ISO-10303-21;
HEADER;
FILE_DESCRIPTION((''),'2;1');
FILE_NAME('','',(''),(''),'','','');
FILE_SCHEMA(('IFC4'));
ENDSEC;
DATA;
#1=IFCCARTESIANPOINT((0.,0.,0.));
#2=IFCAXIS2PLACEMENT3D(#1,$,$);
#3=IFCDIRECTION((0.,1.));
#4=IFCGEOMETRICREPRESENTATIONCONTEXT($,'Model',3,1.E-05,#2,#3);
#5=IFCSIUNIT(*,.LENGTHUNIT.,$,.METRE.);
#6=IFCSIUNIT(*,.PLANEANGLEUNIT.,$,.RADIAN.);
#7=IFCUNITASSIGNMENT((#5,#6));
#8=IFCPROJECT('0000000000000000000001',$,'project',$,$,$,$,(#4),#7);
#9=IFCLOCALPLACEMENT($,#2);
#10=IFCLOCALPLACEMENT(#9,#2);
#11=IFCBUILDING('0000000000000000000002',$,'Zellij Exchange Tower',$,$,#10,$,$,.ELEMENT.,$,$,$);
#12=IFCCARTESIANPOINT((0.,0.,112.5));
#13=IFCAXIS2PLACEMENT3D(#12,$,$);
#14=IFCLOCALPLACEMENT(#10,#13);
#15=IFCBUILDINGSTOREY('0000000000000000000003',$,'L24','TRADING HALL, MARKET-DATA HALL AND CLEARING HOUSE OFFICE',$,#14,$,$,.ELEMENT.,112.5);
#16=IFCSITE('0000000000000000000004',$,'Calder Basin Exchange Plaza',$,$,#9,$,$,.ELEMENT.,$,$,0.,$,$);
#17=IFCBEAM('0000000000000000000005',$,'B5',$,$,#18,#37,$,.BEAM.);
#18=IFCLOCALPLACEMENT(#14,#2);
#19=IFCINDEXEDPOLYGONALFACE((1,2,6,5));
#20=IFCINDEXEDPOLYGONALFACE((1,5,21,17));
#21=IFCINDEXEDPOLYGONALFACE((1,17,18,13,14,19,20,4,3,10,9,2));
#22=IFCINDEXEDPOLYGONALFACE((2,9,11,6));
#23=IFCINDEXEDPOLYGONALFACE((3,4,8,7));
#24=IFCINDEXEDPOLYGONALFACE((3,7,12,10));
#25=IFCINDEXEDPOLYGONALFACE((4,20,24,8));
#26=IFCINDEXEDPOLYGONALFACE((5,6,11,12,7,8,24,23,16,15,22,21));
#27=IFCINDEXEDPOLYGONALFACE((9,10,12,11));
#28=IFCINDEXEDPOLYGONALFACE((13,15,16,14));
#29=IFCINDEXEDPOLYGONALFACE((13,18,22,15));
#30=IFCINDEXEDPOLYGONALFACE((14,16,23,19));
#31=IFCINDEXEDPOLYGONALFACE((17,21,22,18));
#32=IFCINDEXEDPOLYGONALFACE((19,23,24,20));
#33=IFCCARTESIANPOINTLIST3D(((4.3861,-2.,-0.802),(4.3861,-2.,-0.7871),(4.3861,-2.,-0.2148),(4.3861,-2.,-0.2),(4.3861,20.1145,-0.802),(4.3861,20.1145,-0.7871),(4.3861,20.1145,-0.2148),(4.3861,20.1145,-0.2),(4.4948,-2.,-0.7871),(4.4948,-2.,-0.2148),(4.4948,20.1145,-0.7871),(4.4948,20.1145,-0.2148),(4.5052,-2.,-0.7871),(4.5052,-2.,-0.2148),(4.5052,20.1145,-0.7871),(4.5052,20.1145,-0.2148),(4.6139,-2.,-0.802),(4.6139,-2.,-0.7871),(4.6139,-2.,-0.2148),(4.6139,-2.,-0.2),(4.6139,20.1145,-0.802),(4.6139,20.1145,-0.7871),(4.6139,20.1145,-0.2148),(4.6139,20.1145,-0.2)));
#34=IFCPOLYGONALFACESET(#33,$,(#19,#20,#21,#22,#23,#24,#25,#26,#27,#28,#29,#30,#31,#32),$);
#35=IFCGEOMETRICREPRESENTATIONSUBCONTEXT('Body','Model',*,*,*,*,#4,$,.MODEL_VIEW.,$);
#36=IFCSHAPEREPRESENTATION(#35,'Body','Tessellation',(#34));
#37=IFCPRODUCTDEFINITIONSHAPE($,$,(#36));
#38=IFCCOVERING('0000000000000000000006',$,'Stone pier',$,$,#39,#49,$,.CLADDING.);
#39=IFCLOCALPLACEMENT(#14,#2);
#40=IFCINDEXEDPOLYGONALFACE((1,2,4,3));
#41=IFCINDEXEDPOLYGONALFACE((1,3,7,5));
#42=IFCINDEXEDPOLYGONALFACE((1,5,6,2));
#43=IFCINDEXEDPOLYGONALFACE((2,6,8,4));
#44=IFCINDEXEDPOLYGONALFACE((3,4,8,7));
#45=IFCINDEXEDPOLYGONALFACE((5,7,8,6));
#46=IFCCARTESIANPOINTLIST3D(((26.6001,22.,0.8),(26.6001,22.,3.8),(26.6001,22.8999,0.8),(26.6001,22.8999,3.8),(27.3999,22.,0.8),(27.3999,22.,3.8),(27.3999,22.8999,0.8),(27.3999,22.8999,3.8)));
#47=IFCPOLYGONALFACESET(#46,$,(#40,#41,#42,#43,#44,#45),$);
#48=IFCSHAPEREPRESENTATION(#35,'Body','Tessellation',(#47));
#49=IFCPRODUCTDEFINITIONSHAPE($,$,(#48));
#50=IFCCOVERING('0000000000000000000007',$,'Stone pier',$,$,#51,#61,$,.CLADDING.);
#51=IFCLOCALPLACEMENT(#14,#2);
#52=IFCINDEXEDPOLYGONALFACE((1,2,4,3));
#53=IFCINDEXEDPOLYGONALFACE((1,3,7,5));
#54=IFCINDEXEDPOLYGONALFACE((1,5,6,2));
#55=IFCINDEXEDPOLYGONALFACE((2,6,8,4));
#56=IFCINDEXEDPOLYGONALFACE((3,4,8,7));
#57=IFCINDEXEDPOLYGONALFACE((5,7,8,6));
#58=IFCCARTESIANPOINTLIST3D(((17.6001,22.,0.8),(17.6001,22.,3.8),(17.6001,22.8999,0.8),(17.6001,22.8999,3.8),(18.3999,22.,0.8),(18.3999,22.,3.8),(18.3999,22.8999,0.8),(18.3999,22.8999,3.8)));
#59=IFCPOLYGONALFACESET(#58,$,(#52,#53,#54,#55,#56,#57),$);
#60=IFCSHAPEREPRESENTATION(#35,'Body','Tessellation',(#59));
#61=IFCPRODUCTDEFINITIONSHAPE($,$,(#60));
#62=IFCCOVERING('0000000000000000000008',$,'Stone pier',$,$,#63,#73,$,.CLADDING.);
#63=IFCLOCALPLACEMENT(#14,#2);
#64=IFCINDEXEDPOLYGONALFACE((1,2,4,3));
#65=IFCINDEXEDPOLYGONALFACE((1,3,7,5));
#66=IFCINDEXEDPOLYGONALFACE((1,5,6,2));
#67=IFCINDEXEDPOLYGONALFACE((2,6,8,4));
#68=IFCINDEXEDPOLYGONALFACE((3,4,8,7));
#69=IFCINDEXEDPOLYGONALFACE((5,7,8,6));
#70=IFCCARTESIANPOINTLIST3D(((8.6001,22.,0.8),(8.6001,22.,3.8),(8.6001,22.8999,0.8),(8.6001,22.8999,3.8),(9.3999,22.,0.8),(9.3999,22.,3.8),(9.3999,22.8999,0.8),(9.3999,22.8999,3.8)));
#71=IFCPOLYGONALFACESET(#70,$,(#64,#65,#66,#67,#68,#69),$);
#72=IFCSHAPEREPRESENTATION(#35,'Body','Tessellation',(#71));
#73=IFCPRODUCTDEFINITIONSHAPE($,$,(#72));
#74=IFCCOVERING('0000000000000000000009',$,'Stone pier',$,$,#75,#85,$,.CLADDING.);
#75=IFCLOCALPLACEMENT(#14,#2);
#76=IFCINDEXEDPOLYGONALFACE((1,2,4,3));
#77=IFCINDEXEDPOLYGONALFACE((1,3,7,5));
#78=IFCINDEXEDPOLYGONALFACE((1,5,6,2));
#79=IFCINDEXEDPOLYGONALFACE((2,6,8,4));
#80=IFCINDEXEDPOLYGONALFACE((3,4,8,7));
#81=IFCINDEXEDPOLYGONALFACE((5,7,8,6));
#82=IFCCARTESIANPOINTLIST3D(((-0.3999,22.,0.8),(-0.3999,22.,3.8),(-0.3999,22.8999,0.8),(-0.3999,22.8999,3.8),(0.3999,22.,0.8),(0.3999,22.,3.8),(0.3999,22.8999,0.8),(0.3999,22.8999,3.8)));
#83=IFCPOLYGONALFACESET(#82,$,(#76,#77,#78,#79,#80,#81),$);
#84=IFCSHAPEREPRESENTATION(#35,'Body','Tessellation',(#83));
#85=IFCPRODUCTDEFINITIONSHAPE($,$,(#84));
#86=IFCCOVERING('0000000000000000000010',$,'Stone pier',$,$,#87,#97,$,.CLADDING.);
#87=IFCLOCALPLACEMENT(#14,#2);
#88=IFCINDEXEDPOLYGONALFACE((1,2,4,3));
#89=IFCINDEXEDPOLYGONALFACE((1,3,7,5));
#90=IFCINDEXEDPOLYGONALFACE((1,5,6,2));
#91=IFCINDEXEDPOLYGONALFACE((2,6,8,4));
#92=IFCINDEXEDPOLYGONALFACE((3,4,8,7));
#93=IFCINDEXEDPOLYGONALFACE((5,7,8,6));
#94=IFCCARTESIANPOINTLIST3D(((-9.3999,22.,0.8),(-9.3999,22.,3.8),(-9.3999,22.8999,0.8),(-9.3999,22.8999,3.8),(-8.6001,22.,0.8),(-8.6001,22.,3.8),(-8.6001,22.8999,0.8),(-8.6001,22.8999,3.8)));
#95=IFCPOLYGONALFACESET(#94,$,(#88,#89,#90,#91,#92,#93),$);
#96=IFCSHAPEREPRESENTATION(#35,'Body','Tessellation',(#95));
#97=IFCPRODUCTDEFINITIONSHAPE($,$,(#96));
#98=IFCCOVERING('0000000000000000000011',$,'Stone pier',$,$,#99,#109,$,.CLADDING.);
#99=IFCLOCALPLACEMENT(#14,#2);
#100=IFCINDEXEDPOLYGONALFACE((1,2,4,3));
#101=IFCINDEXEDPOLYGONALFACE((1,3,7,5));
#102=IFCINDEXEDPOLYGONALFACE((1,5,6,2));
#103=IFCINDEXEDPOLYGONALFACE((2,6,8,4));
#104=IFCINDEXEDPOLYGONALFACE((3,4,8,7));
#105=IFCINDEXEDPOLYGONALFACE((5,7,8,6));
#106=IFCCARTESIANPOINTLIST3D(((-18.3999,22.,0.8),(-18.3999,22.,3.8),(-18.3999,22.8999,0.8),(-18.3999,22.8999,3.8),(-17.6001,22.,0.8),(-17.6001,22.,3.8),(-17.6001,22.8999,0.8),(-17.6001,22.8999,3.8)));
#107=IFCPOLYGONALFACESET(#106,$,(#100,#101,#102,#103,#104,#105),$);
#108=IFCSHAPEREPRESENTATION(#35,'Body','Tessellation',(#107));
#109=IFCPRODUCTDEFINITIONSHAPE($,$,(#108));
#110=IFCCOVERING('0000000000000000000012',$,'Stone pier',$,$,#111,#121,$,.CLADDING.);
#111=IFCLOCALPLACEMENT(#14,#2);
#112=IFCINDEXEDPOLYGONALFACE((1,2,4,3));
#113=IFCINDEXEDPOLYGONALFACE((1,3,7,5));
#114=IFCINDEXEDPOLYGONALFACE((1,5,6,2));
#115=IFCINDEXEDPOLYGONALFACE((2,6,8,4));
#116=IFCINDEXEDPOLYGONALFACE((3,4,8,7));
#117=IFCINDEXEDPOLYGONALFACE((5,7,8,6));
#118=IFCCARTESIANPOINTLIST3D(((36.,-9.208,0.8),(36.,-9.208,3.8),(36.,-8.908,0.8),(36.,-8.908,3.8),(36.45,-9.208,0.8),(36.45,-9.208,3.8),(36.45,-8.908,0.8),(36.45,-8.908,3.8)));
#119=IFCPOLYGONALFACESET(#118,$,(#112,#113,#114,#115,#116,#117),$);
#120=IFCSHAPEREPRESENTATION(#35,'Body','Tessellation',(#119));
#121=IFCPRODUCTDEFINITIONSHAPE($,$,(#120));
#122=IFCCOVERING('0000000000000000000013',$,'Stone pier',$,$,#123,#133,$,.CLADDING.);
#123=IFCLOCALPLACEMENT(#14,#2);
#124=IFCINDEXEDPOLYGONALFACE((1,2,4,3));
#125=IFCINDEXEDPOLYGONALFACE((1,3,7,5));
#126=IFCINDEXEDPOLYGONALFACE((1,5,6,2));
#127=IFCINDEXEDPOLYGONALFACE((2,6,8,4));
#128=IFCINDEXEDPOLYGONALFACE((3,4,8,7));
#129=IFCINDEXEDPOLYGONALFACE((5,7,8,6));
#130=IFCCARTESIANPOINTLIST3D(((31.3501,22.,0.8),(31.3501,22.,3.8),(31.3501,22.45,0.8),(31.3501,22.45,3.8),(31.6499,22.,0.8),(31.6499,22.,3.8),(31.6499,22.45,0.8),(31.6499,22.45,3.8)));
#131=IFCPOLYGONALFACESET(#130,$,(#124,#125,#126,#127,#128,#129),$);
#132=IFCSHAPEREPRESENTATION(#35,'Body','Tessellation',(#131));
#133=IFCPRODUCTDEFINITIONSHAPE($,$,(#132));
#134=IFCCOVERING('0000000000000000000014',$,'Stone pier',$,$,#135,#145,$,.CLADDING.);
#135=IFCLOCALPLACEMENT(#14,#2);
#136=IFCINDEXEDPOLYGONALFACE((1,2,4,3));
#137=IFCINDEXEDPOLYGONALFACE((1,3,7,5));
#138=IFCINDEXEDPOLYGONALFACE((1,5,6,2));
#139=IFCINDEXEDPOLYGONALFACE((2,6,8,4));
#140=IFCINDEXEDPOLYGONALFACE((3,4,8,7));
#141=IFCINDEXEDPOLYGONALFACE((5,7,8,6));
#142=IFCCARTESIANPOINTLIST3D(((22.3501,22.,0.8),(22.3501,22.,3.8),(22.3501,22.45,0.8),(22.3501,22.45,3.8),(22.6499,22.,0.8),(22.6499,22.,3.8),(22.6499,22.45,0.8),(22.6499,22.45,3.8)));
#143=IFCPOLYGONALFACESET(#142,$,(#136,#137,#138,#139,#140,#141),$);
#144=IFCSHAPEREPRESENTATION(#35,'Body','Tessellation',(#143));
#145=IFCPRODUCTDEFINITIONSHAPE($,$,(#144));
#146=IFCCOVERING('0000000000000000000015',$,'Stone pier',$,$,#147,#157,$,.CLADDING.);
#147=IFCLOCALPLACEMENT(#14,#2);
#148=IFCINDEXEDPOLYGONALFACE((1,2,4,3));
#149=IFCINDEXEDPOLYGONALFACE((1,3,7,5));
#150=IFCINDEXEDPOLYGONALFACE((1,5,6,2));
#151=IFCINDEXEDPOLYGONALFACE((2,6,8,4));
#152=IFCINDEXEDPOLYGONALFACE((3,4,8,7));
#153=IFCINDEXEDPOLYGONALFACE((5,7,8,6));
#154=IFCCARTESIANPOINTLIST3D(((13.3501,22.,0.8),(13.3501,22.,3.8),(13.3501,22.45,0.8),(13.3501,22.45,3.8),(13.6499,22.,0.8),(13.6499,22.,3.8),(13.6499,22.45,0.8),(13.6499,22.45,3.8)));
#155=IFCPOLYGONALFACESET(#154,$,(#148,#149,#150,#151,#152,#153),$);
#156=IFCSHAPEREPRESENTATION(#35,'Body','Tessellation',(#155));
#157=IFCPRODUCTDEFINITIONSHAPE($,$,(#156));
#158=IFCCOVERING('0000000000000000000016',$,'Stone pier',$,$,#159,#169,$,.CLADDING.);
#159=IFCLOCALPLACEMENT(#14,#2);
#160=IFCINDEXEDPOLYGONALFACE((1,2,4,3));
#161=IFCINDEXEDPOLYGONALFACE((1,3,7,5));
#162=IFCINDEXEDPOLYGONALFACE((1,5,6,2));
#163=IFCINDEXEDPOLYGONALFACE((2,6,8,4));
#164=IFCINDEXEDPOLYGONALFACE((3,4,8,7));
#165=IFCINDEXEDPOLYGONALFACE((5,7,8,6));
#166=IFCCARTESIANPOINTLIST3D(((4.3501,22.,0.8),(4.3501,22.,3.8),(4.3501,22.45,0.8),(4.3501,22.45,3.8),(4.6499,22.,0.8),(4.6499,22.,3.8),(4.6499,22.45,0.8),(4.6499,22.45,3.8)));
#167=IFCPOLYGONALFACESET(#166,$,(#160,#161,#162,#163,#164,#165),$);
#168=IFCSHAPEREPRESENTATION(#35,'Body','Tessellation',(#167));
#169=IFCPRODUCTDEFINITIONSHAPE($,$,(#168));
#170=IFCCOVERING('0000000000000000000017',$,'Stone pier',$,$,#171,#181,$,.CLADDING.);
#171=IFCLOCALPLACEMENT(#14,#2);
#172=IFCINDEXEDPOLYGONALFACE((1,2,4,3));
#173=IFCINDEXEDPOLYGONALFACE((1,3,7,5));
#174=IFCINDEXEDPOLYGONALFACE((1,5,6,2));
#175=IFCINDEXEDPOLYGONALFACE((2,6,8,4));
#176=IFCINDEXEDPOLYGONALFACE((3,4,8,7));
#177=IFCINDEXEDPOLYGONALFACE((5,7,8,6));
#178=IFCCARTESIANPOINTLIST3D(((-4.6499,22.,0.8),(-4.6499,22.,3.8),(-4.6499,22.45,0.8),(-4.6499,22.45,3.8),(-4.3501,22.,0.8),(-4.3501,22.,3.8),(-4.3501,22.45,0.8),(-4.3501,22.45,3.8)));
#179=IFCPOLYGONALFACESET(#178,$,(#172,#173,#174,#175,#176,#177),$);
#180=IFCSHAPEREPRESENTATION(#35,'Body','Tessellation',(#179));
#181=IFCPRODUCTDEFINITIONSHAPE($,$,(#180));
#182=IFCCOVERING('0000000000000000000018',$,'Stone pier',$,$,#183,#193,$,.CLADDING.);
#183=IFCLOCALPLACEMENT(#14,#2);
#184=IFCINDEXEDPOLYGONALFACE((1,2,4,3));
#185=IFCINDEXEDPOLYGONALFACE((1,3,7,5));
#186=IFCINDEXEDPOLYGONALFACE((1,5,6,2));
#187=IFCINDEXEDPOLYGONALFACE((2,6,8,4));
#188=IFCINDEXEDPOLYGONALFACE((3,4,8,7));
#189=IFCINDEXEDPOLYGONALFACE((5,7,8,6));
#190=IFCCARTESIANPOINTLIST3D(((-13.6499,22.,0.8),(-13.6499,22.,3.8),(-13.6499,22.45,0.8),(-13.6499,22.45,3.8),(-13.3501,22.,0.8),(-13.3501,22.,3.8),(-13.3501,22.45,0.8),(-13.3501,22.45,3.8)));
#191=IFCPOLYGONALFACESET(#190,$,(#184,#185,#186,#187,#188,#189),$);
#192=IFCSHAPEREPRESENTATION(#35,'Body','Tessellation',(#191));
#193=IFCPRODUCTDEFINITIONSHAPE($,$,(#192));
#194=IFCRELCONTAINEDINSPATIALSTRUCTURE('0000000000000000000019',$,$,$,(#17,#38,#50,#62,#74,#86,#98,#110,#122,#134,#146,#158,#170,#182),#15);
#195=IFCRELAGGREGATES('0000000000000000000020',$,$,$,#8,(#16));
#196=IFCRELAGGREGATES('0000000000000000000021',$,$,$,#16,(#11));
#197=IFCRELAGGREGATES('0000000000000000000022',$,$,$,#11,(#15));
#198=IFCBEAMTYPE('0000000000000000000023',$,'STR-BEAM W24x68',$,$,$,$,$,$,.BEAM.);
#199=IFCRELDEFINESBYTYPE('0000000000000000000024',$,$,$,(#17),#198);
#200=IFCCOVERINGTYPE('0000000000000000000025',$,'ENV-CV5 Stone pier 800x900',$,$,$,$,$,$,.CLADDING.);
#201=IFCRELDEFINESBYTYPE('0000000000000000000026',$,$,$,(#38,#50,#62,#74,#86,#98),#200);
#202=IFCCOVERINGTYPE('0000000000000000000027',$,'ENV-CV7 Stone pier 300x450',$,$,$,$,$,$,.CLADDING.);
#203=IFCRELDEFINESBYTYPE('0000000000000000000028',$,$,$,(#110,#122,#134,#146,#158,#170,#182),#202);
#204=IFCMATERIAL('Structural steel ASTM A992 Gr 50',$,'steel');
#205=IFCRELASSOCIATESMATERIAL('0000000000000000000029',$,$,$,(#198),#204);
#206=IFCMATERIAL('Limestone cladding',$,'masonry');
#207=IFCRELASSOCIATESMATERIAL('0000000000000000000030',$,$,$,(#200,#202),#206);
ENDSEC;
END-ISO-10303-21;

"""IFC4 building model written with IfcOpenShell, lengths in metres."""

from ifc_helpers import new_model, si_unit, direction, frame, origin, origin_2d, place, context, subcontext, project, spatial, polyline, i_section, outline, extrude, material, material_profile, profile_set, type_object, element, save


model = new_model("IFC4")

# Units and contexts
model_context = context("Model", 3, precision=1e-05, world=origin(), true_north=direction((0.0, 1.0)))
body_context = subcontext(model_context, "Body", "Model", "MODEL_VIEW")
ifc_project = project(units=[si_unit("LENGTHUNIT", "METRE"), si_unit("PLANEANGLEUNIT", "RADIAN")], contexts=[model_context])

# Site, building, storey
site_placement = place(None, origin())
site = spatial("IfcSite", under=ifc_project, at=site_placement, Name="Calder Basin Exchange Plaza", CompositionType="ELEMENT", RefElevation=0.0)
building_placement = place(site_placement, origin())
building = spatial("IfcBuilding", under=site, at=building_placement, Name="Zellij Exchange Tower", CompositionType="ELEMENT")
storey_placement = place(building_placement, frame((0.0, 0.0, 112.5)))
storey = spatial("IfcBuildingStorey", under=building, at=storey_placement, Name="L24", Description="TRADING HALL, MARKET-DATA HALL AND CLEARING HOUSE OFFICE", CompositionType="ELEMENT", Elevation=112.5)

# Beam
ifc_material_1 = material(Name="Structural steel ASTM A992 Gr 50", Category="steel")
ifc_material_profile = material_profile(ifc_material_1, i_section(OverallWidth=0.2278, OverallDepth=0.6021, WebThickness=0.0105, FlangeThickness=0.0149, at=origin_2d()), Name="W24x68")
ifc_profile_set = profile_set([ifc_material_profile], Name="Structural steel ASTM A992 Gr 50")
beam_type = type_object("IfcBeamType", Name="STR-BEAM W24x68", PredefinedType="BEAM", material=ifc_profile_set)
beam_placement = place(storey_placement, frame((4.5, -2.0, -0.501), z_axis=(0.0, 1.0, 0.0), x_axis=(-1.0, 0.0, 0.0)))
element("IfcBeam", 1, at=beam_placement, inside=storey, type_object=beam_type, Name="B5", PredefinedType="BEAM", context=body_context, shape_type="SweptSolid", body=[
    extrude(i_section(OverallWidth=0.2278, OverallDepth=0.6021, WebThickness=0.0105, FlangeThickness=0.0149, at=origin_2d()), origin(), (0.0, 0.0, 1.0), 22.1145),
])

# Coverings
ifc_material_2 = material(Name="Limestone cladding", Category="masonry")
covering_type_1 = type_object("IfcCoveringType", Name="ENV-CV5 Stone pier 800x900", PredefinedType="CLADDING", material=ifc_material_2)
covering_1_placement = place(storey_placement, frame((0.0, 0.0, 0.8)))
element("IfcCovering", 2, at=covering_1_placement, inside=storey, type_object=covering_type_1, Name="Stone pier", PredefinedType="CLADDING", context=body_context, shape_type="SweptSolid", body=[
    extrude(outline(polyline([(27.3999, 22.0), (26.6001, 22.0), (26.6001, 22.8999), (27.3999, 22.8999), (27.3999, 22.0)])), origin(), (0.0, 0.0, 1.0), 3.0),
])
covering_2_placement = place(storey_placement, frame((0.0, 0.0, 0.8)))
element("IfcCovering", 3, at=covering_2_placement, inside=storey, type_object=covering_type_1, Name="Stone pier", PredefinedType="CLADDING", context=body_context, shape_type="SweptSolid", body=[
    extrude(outline(polyline([(18.3999, 22.0), (17.6001, 22.0), (17.6001, 22.8999), (18.3999, 22.8999), (18.3999, 22.0)])), origin(), (0.0, 0.0, 1.0), 3.0),
])
covering_3_placement = place(storey_placement, frame((0.0, 0.0, 0.8)))
element("IfcCovering", 4, at=covering_3_placement, inside=storey, type_object=covering_type_1, Name="Stone pier", PredefinedType="CLADDING", context=body_context, shape_type="SweptSolid", body=[
    extrude(outline(polyline([(9.3999, 22.0), (8.6001, 22.0), (8.6001, 22.8999), (9.3999, 22.8999), (9.3999, 22.0)])), origin(), (0.0, 0.0, 1.0), 3.0),
])
covering_4_placement = place(storey_placement, frame((0.0, 0.0, 0.8)))
element("IfcCovering", 5, at=covering_4_placement, inside=storey, type_object=covering_type_1, Name="Stone pier", PredefinedType="CLADDING", context=body_context, shape_type="SweptSolid", body=[
    extrude(outline(polyline([(0.3999, 22.0), (-0.3999, 22.0), (-0.3999, 22.8999), (0.3999, 22.8999), (0.3999, 22.0)])), origin(), (0.0, 0.0, 1.0), 3.0),
])
covering_5_placement = place(storey_placement, frame((0.0, 0.0, 0.8)))
element("IfcCovering", 6, at=covering_5_placement, inside=storey, type_object=covering_type_1, Name="Stone pier", PredefinedType="CLADDING", context=body_context, shape_type="SweptSolid", body=[
    extrude(outline(polyline([(-8.6001, 22.0), (-9.3999, 22.0), (-9.3999, 22.8999), (-8.6001, 22.8999), (-8.6001, 22.0)])), origin(), (0.0, 0.0, 1.0), 3.0),
])
covering_6_placement = place(storey_placement, frame((0.0, 0.0, 0.8)))
element("IfcCovering", 7, at=covering_6_placement, inside=storey, type_object=covering_type_1, Name="Stone pier", PredefinedType="CLADDING", context=body_context, shape_type="SweptSolid", body=[
    extrude(outline(polyline([(-17.6001, 22.0), (-18.3999, 22.0), (-18.3999, 22.8999), (-17.6001, 22.8999), (-17.6001, 22.0)])), origin(), (0.0, 0.0, 1.0), 3.0),
])
covering_type_2 = type_object("IfcCoveringType", Name="ENV-CV7 Stone pier 300x450", PredefinedType="CLADDING", material=ifc_material_2)
covering_7_placement = place(storey_placement, frame((0.0, 0.0, 0.8)))
element("IfcCovering", 8, at=covering_7_placement, inside=storey, type_object=covering_type_2, Name="Stone pier", PredefinedType="CLADDING", context=body_context, shape_type="SweptSolid", body=[
    extrude(outline(polyline([(36.0, -9.208), (36.0, -8.908), (36.45, -8.908), (36.45, -9.208), (36.0, -9.208)])), origin(), (0.0, 0.0, 1.0), 3.0),
])
covering_8_placement = place(storey_placement, frame((0.0, 0.0, 0.8)))
element("IfcCovering", 9, at=covering_8_placement, inside=storey, type_object=covering_type_2, Name="Stone pier", PredefinedType="CLADDING", context=body_context, shape_type="SweptSolid", body=[
    extrude(outline(polyline([(31.6499, 22.0), (31.3501, 22.0), (31.3501, 22.45), (31.6499, 22.45), (31.6499, 22.0)])), origin(), (0.0, 0.0, 1.0), 3.0),
])
covering_9_placement = place(storey_placement, frame((0.0, 0.0, 0.8)))
element("IfcCovering", 10, at=covering_9_placement, inside=storey, type_object=covering_type_2, Name="Stone pier", PredefinedType="CLADDING", context=body_context, shape_type="SweptSolid", body=[
    extrude(outline(polyline([(22.6499, 22.0), (22.3501, 22.0), (22.3501, 22.45), (22.6499, 22.45), (22.6499, 22.0)])), origin(), (0.0, 0.0, 1.0), 3.0),
])
covering_10_placement = place(storey_placement, frame((0.0, 0.0, 0.8)))
element("IfcCovering", 11, at=covering_10_placement, inside=storey, type_object=covering_type_2, Name="Stone pier", PredefinedType="CLADDING", context=body_context, shape_type="SweptSolid", body=[
    extrude(outline(polyline([(13.6499, 22.0), (13.3501, 22.0), (13.3501, 22.45), (13.6499, 22.45), (13.6499, 22.0)])), origin(), (0.0, 0.0, 1.0), 3.0),
])
covering_11_placement = place(storey_placement, frame((0.0, 0.0, 0.8)))
element("IfcCovering", 12, at=covering_11_placement, inside=storey, type_object=covering_type_2, Name="Stone pier", PredefinedType="CLADDING", context=body_context, shape_type="SweptSolid", body=[
    extrude(outline(polyline([(4.6499, 22.0), (4.3501, 22.0), (4.3501, 22.45), (4.6499, 22.45), (4.6499, 22.0)])), origin(), (0.0, 0.0, 1.0), 3.0),
])
covering_12_placement = place(storey_placement, frame((0.0, 0.0, 0.8)))
element("IfcCovering", 13, at=covering_12_placement, inside=storey, type_object=covering_type_2, Name="Stone pier", PredefinedType="CLADDING", context=body_context, shape_type="SweptSolid", body=[
    extrude(outline(polyline([(-4.3501, 22.0), (-4.6499, 22.0), (-4.6499, 22.45), (-4.3501, 22.45), (-4.3501, 22.0)])), origin(), (0.0, 0.0, 1.0), 3.0),
])
covering_13_placement = place(storey_placement, frame((0.0, 0.0, 0.8)))
element("IfcCovering", 14, at=covering_13_placement, inside=storey, type_object=covering_type_2, Name="Stone pier", PredefinedType="CLADDING", context=body_context, shape_type="SweptSolid", body=[
    extrude(outline(polyline([(-13.3501, 22.0), (-13.6499, 22.0), (-13.6499, 22.45), (-13.3501, 22.45), (-13.3501, 22.0)])), origin(), (0.0, 0.0, 1.0), 3.0),
])

save(model, "model.ifc")
